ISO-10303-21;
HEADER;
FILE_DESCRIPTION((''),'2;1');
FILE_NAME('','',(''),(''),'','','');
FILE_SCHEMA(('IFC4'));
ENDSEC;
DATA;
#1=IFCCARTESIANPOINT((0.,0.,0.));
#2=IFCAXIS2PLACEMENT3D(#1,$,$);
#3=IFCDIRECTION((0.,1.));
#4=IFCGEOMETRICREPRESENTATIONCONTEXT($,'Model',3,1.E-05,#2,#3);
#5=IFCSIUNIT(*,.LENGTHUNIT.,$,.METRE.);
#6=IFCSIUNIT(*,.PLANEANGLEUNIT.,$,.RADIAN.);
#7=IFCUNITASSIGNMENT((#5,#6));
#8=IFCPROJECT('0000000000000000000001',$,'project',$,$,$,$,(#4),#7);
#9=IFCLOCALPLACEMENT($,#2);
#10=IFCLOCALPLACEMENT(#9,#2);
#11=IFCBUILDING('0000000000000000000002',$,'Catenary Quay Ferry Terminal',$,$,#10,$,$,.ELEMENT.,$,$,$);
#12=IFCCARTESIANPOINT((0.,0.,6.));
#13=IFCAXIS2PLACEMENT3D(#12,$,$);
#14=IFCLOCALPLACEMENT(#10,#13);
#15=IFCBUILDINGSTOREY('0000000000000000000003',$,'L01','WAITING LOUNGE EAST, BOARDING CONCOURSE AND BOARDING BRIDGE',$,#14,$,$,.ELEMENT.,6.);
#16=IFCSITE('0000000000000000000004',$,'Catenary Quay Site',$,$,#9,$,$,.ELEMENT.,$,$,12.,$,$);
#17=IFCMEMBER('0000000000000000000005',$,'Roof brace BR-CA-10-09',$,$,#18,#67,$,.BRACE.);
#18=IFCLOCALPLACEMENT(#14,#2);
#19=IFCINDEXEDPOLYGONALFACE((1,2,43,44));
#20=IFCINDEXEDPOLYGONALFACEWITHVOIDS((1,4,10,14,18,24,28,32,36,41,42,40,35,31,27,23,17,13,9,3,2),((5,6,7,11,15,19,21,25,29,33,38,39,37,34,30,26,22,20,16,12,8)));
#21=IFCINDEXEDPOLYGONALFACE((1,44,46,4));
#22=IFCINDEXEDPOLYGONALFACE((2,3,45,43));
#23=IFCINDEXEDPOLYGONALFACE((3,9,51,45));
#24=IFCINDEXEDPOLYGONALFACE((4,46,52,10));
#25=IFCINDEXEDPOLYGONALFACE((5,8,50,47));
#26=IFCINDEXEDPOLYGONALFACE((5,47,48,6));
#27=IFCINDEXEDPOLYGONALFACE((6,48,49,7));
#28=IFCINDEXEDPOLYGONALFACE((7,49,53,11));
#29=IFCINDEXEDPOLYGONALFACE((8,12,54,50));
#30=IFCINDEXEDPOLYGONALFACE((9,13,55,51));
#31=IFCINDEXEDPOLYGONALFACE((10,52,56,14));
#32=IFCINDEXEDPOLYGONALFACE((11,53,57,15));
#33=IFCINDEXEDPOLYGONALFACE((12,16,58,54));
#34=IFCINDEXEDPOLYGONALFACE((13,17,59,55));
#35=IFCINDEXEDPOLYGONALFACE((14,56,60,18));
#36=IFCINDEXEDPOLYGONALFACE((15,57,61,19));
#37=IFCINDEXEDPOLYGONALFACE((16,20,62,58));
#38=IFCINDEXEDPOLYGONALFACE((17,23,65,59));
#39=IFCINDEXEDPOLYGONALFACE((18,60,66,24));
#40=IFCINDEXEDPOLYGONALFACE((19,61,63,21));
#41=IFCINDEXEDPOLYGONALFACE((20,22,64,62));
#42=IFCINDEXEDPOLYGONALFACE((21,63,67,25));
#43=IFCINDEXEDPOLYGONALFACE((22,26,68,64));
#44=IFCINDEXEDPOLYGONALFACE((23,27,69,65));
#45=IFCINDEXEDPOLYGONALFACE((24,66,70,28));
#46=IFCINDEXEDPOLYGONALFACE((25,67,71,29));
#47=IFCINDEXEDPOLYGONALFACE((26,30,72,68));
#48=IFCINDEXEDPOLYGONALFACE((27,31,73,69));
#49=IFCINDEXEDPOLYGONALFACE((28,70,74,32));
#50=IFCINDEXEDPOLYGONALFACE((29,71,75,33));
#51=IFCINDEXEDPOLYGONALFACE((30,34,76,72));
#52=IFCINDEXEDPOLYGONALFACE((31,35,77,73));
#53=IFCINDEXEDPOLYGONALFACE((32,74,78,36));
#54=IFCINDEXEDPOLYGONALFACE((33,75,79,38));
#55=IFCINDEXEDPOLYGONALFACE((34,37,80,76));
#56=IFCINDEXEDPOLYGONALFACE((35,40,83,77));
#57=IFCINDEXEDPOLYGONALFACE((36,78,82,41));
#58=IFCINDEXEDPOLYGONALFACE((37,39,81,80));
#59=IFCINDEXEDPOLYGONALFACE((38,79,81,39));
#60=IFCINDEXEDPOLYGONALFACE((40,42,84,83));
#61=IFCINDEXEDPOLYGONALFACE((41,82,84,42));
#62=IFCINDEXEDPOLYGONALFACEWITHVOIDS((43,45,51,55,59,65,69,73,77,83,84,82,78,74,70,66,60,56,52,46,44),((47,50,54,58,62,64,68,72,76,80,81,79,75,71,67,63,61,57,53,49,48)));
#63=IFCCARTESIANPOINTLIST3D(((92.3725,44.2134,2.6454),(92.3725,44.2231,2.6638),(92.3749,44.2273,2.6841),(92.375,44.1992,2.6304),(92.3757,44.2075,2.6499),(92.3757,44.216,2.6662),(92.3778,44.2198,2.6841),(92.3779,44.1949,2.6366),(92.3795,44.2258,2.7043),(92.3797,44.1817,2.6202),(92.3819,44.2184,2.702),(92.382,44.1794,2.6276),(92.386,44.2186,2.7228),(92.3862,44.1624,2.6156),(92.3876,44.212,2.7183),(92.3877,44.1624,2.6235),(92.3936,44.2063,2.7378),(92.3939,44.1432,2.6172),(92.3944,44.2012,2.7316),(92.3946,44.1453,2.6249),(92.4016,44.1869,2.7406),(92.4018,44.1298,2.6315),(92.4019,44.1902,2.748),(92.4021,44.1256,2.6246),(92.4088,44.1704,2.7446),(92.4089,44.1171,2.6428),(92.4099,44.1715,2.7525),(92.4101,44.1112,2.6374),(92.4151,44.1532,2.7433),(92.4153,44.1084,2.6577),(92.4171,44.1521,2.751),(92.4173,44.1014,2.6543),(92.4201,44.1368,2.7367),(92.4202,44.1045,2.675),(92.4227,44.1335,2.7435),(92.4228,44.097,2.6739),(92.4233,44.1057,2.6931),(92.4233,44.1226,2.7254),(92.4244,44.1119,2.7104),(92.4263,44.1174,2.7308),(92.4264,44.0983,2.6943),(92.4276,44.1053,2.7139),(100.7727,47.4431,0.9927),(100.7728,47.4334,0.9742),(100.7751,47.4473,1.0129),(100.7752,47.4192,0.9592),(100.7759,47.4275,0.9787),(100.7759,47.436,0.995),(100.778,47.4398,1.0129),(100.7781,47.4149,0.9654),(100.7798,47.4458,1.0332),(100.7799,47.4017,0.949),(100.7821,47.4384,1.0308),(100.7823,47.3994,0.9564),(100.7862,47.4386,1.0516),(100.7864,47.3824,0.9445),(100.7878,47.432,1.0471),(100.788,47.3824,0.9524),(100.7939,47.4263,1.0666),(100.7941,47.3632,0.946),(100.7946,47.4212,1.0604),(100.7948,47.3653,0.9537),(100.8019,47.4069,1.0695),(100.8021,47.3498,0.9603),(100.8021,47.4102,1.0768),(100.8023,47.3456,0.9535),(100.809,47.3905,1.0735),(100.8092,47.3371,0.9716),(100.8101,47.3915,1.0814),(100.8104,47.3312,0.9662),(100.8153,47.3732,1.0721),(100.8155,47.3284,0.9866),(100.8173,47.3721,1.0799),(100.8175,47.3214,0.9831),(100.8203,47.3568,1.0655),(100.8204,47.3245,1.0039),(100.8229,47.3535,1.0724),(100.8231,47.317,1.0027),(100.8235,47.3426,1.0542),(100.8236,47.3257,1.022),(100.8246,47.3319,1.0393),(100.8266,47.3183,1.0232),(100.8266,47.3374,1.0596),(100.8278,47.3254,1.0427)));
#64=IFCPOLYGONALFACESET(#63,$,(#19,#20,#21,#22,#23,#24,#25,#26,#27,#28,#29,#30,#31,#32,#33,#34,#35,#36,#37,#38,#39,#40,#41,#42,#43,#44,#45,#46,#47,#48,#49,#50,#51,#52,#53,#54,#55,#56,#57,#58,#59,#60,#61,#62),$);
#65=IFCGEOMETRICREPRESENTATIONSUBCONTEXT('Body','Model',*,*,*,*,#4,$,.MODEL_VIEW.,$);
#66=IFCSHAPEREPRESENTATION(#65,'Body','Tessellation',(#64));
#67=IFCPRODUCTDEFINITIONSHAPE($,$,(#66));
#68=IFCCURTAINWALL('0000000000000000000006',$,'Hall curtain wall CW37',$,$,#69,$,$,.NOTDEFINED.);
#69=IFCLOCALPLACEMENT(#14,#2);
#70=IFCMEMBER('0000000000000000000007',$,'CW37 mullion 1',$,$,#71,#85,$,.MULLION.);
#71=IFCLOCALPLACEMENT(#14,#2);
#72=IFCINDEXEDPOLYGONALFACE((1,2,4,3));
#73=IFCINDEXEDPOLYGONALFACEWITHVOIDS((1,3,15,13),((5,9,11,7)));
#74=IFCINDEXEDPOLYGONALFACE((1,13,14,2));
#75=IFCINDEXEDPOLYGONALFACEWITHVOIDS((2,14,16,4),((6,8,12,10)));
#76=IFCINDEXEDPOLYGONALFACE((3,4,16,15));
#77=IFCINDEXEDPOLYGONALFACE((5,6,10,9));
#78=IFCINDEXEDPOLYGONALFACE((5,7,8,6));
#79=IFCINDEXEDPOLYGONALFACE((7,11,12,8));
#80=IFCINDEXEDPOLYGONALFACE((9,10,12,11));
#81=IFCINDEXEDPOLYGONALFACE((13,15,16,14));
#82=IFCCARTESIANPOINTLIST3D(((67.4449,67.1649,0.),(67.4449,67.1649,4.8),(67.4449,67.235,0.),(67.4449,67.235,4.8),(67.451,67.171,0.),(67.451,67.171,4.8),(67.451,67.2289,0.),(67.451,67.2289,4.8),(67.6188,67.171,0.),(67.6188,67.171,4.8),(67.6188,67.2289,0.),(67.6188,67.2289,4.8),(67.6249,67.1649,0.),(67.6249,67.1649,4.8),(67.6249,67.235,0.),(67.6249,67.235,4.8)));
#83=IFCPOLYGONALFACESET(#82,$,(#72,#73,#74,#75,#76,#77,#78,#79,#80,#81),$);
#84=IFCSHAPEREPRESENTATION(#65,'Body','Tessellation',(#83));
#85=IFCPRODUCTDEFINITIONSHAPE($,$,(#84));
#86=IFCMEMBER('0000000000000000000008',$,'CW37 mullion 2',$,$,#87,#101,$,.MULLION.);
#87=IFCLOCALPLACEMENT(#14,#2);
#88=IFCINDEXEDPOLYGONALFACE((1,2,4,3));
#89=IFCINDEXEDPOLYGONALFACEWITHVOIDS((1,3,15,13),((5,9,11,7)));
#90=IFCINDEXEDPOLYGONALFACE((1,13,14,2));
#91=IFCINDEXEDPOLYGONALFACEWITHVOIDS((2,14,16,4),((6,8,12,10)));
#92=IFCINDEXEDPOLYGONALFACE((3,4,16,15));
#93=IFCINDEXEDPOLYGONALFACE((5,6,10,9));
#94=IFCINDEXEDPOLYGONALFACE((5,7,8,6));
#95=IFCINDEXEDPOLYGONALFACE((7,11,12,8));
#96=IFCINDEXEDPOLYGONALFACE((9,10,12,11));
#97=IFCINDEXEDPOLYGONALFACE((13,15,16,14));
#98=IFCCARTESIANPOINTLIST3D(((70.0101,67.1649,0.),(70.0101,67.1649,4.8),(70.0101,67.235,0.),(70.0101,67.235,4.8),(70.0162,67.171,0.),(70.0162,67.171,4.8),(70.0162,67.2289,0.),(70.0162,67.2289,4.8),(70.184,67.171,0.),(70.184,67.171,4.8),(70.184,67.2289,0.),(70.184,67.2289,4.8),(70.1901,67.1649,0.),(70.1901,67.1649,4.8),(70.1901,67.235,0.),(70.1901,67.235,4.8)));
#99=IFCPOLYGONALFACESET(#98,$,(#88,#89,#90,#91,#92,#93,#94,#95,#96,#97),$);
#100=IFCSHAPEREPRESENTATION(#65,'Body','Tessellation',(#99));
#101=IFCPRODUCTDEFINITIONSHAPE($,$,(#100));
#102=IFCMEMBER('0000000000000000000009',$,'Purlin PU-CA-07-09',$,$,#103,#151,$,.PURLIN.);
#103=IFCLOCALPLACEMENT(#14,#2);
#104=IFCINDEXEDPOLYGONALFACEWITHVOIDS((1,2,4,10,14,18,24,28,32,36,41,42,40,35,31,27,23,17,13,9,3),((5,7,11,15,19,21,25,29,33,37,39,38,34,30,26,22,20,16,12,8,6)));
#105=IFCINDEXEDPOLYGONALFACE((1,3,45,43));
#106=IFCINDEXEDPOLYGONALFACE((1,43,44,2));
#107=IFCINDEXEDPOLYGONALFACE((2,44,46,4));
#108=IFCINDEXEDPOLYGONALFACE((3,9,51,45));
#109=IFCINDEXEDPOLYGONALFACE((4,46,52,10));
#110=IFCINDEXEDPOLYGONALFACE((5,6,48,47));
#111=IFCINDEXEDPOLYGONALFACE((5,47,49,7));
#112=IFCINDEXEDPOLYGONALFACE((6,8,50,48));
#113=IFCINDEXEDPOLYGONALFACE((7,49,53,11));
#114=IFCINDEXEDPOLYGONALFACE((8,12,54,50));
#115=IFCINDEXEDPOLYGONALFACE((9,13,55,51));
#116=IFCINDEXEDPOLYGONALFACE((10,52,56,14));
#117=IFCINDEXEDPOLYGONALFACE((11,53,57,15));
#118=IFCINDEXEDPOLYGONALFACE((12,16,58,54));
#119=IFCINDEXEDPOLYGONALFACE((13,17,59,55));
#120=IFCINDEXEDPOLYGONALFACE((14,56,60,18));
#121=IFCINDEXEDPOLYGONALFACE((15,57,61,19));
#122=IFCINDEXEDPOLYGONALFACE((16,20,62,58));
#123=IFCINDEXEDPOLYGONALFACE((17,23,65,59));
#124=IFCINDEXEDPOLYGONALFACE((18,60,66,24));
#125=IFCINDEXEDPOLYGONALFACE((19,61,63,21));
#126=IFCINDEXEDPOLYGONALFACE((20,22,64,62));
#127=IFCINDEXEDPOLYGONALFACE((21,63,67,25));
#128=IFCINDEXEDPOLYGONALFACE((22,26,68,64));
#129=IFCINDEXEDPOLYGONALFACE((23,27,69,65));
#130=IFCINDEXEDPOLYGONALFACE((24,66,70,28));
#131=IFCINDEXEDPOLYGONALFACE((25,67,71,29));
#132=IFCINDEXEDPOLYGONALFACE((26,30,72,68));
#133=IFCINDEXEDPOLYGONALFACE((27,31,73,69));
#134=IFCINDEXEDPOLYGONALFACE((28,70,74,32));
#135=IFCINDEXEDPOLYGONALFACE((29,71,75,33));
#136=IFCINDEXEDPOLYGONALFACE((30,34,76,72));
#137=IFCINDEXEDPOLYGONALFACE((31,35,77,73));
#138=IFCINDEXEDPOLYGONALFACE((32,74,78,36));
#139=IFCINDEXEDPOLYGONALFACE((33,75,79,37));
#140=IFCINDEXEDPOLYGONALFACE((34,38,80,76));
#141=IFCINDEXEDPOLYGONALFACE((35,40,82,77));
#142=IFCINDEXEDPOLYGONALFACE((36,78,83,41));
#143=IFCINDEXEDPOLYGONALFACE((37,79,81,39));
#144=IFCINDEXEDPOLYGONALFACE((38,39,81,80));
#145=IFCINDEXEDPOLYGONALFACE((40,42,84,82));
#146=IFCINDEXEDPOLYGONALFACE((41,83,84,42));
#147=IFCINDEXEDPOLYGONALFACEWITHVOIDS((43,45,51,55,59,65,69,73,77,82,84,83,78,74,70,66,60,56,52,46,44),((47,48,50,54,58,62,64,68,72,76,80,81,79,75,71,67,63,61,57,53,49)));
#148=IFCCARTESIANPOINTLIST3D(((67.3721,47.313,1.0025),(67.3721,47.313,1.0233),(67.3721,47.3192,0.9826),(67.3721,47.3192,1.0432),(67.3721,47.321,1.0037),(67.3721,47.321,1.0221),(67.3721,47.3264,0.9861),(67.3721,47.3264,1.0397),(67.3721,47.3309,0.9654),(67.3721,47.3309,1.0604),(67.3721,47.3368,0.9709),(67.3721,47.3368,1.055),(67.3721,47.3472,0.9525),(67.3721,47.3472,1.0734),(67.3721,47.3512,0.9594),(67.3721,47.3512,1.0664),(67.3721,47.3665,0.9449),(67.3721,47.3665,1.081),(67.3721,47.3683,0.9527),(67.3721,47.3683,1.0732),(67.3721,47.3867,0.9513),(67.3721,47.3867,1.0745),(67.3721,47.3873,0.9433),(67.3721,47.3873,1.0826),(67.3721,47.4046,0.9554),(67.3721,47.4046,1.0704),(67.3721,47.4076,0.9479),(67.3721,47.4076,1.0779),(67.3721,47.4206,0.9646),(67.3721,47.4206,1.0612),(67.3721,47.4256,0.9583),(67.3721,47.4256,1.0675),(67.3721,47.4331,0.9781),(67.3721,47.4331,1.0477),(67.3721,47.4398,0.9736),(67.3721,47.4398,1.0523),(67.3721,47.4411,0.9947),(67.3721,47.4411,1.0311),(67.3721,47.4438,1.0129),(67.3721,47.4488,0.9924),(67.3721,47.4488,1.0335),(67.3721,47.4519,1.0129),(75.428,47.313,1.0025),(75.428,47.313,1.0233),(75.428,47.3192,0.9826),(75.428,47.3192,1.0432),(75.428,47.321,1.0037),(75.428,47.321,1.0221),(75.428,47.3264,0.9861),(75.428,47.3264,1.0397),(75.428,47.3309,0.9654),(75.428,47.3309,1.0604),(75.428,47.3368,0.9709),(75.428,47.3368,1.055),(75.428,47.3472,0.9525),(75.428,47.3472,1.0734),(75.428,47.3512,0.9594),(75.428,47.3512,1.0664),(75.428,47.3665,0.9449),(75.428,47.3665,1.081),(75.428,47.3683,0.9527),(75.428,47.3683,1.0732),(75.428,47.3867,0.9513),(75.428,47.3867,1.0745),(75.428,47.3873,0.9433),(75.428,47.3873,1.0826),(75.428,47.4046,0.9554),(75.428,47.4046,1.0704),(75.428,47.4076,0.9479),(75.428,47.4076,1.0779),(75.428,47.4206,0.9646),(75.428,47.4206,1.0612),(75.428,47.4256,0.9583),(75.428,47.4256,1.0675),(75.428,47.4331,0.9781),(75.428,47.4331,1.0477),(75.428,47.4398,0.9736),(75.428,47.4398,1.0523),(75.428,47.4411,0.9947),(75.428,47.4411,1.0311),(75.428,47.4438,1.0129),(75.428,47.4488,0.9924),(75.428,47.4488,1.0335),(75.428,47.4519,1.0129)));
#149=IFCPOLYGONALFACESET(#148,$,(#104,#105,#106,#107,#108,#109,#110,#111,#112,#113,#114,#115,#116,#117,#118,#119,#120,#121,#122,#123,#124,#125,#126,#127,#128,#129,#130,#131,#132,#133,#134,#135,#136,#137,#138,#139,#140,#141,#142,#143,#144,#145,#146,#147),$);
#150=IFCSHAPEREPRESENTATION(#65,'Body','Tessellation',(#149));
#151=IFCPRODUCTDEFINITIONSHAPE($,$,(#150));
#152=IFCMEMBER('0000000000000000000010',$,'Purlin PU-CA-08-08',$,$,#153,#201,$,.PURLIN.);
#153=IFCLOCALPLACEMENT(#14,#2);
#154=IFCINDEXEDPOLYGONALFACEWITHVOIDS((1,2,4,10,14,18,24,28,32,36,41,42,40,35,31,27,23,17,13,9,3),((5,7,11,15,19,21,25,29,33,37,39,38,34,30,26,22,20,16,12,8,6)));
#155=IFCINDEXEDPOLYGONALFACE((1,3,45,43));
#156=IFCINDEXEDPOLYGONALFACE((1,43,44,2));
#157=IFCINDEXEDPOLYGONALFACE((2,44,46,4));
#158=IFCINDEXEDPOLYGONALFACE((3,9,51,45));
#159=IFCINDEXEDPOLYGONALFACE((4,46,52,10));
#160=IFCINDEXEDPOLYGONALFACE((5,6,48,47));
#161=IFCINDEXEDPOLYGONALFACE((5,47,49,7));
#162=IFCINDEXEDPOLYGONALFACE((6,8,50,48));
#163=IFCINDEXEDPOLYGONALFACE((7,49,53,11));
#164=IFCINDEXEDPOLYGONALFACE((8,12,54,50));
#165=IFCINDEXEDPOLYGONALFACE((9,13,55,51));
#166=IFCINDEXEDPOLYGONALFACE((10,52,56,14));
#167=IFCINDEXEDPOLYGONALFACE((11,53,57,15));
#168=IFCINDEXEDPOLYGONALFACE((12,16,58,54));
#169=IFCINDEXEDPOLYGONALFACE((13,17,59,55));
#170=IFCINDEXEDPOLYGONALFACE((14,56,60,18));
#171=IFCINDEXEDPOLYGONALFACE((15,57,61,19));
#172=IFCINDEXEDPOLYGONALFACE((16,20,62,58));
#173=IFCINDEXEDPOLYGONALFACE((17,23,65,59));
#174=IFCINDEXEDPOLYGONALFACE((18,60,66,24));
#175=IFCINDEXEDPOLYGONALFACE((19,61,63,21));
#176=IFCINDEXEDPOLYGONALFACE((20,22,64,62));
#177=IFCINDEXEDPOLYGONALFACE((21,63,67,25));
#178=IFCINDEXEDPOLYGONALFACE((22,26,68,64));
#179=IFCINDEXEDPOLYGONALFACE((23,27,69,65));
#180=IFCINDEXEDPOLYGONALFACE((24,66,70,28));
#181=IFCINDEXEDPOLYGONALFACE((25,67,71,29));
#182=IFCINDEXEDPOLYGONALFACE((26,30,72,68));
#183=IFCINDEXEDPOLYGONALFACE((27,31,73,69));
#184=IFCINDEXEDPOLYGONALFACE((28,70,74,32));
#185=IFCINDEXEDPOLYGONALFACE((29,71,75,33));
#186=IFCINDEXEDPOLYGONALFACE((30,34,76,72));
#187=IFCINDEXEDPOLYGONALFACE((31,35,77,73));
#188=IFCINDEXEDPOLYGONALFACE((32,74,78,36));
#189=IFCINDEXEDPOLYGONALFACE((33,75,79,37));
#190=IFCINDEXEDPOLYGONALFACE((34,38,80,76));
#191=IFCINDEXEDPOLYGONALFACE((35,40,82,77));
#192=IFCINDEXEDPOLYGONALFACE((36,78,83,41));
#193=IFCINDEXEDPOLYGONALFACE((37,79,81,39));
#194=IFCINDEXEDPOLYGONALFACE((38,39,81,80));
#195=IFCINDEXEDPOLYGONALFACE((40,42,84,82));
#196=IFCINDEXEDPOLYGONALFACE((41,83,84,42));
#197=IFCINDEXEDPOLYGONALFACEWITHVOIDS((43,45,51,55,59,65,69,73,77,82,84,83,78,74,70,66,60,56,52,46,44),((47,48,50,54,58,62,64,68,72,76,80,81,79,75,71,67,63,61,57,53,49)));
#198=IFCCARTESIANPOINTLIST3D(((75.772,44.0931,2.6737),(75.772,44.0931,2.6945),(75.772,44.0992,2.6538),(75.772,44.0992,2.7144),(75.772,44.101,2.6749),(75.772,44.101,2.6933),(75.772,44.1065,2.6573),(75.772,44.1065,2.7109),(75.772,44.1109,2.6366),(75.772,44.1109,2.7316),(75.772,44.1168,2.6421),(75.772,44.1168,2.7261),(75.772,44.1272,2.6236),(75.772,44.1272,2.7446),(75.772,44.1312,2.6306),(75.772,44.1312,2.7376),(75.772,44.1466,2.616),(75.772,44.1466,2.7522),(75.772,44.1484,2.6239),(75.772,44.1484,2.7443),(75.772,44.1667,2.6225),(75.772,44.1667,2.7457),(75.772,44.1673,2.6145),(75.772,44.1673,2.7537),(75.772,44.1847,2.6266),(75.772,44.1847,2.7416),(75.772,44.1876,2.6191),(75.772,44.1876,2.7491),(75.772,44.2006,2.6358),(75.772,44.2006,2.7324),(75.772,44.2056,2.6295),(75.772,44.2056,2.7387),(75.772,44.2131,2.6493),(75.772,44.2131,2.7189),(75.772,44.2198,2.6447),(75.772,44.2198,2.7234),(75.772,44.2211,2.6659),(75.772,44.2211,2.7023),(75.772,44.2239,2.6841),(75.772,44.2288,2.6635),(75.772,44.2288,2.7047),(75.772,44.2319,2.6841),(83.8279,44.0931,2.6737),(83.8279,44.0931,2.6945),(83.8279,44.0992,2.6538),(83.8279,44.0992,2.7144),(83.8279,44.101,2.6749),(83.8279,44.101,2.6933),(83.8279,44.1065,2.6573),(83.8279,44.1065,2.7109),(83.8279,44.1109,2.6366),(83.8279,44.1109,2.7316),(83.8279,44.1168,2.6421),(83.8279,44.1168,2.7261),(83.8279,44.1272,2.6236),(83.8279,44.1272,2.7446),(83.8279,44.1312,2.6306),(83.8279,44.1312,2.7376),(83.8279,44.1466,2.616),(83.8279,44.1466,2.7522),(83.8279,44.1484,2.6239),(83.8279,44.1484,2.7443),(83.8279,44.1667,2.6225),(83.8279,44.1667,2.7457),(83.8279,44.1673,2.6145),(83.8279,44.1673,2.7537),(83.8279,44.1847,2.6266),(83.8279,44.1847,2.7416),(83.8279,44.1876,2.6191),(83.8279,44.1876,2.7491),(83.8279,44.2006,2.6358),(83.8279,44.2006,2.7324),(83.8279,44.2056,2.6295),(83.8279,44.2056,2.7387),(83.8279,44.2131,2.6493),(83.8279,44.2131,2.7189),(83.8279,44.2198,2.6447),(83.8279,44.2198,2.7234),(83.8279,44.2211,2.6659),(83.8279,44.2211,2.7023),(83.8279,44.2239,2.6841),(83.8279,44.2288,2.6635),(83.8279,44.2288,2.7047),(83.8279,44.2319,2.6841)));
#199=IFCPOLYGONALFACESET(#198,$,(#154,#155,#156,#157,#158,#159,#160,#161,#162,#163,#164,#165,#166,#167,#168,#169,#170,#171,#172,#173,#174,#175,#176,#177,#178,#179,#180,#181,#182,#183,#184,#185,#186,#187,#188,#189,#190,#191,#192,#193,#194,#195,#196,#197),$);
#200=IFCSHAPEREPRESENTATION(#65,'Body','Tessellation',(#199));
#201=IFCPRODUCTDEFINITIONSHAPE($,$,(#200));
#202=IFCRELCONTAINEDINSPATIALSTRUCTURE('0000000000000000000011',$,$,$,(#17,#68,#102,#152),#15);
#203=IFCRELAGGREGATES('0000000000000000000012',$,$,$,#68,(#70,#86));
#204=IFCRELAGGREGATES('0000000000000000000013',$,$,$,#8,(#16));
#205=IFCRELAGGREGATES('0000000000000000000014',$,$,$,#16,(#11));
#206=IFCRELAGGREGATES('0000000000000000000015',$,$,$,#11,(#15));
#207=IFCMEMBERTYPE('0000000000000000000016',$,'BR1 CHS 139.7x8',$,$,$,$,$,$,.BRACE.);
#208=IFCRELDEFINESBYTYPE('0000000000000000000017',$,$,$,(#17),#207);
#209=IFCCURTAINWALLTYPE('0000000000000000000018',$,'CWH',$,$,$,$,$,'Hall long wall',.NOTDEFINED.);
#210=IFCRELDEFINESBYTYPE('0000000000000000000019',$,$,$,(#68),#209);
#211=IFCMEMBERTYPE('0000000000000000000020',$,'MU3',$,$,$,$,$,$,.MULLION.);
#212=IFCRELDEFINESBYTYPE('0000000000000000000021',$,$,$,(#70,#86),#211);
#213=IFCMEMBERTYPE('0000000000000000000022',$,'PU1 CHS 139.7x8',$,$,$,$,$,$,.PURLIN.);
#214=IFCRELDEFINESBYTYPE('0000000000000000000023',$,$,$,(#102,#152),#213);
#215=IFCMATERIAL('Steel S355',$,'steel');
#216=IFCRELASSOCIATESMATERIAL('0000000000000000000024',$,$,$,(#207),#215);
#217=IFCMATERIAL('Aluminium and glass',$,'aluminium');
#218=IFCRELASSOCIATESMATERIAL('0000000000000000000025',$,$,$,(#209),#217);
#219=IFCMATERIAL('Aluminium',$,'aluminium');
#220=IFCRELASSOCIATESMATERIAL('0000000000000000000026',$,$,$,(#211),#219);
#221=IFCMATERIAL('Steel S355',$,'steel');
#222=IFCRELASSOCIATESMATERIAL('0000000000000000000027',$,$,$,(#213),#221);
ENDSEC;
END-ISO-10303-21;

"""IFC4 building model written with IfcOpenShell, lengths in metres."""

from ifc_helpers import new_model, si_unit, direction, frame, origin, origin_2d, place, context, subcontext, project, spatial, hollow_rectangle, hollow_circle, extrude, material, material_profile, profile_set, type_object, element, aggregate, save


model = new_model("IFC4")

# Units and contexts
model_context = context("Model", 3, precision=1e-05, world=origin(), true_north=direction((0.0, 1.0)))
body_context = subcontext(model_context, "Body", "Model", "MODEL_VIEW")
ifc_project = project(units=[si_unit("LENGTHUNIT", "METRE"), si_unit("PLANEANGLEUNIT", "RADIAN")], contexts=[model_context])

# Site, building, storey
site_placement = place(None, origin())
site = spatial("IfcSite", under=ifc_project, at=site_placement, Name="Catenary Quay Site", CompositionType="ELEMENT", RefElevation=12.0)
building_placement = place(site_placement, origin())
building = spatial("IfcBuilding", under=site, at=building_placement, Name="Catenary Quay Ferry Terminal", CompositionType="ELEMENT")
storey_placement = place(building_placement, frame((0.0, 0.0, 6.0)))
storey = spatial("IfcBuildingStorey", under=building, at=storey_placement, Name="L01", Description="WAITING LOUNGE EAST, BOARDING CONCOURSE AND BOARDING BRIDGE", CompositionType="ELEMENT", Elevation=6.0)

# Member
ifc_material_1 = material(Name="Steel S355", Category="steel")
ifc_material_profile_1 = material_profile(ifc_material_1, hollow_circle(Radius=0.0698, WallThickness=0.0081, at=origin_2d()), Name="CHS 139.7x8")
ifc_profile_set_1 = profile_set([ifc_material_profile_1], Name="Steel S355")
member_type_1 = type_object("IfcMemberType", Name="BR1 CHS 139.7x8", PredefinedType="BRACE", material=ifc_profile_set_1)
member_1_placement = place(storey_placement, frame((92.3999, 44.1621, 2.6841), z_axis=(0.918044, 0.351907, -0.182638), x_axis=(-0.357928, 0.933749, 0.0)))
element("IfcMember", 1, at=member_1_placement, inside=storey, type_object=member_type_1, Name="Roof brace BR-CA-10-09", PredefinedType="BRACE", context=body_context, shape_type="SweptSolid", body=[
    extrude(hollow_circle(Radius=0.0698, WallThickness=0.0081, at=origin_2d()), origin(), (0.0, 0.0, 1.0), 9.1501),
])

# Curtain wall, members
ifc_material_2 = material(Name="Aluminium and glass", Category="aluminium")
curtain_wall_type = type_object("IfcCurtainWallType", Name="CWH", ElementType="Hall long wall", PredefinedType="NOTDEFINED", material=ifc_material_2)
curtain_wall_placement = place(storey_placement, origin())
curtain_wall = element("IfcCurtainWall", 2, at=curtain_wall_placement, inside=storey, type_object=curtain_wall_type, Name="Hall curtain wall CW37", PredefinedType="NOTDEFINED")
ifc_material_3 = material(Name="Aluminium", Category="aluminium")
ifc_material_profile_2 = material_profile(ifc_material_3, hollow_rectangle(XDim=0.0701, YDim=0.1799, WallThickness=0.0061, at=origin_2d()), Name="MU3")
ifc_profile_set_2 = profile_set([ifc_material_profile_2], Name="Aluminium")
member_type_2 = type_object("IfcMemberType", Name="MU3", PredefinedType="MULLION", material=ifc_profile_set_2)
member_2_placement = place(storey_placement, frame((67.5349, 67.2, 0.0), z_axis=(0.0, 0.0, 1.0), x_axis=(0.0, 1.0, 0.0)))
member_2 = element("IfcMember", 3, at=member_2_placement, type_object=member_type_2, Name="CW37 mullion 1", PredefinedType="MULLION", context=body_context, shape_type="SweptSolid", body=[
    extrude(hollow_rectangle(XDim=0.0701, YDim=0.1799, WallThickness=0.0061, at=origin_2d()), origin(), (0.0, 0.0, 1.0), 4.8),
])
member_3_placement = place(storey_placement, frame((70.1001, 67.2, 0.0), z_axis=(0.0, 0.0, 1.0), x_axis=(0.0, 1.0, 0.0)))
member_3 = element("IfcMember", 4, at=member_3_placement, type_object=member_type_2, Name="CW37 mullion 2", PredefinedType="MULLION", context=body_context, shape_type="SweptSolid", body=[
    extrude(hollow_rectangle(XDim=0.0701, YDim=0.1799, WallThickness=0.0061, at=origin_2d()), origin(), (0.0, 0.0, 1.0), 4.8),
])

# Members
ifc_material_4 = material(Name="Steel S355", Category="steel")
ifc_material_profile_3 = material_profile(ifc_material_4, hollow_circle(Radius=0.0698, WallThickness=0.0081, at=origin_2d()), Name="CHS 139.7x8")
ifc_profile_set_3 = profile_set([ifc_material_profile_3], Name="Steel S355")
member_type_3 = type_object("IfcMemberType", Name="PU1 CHS 139.7x8", PredefinedType="PURLIN", material=ifc_profile_set_3)
for number, where, z_axis, x_axis, name in (
    (5, (67.3721, 47.3821, 1.0129), (1.0, 0.0, 0.0), (0.0, 1.0, 0.0), "Purlin PU-CA-07-09"),
    (6, (75.772, 44.1621, 2.6841), (1.0, 0.0, 0.0), (0.0, 1.0, 0.0), "Purlin PU-CA-08-08"),
):
    element("IfcMember", number, at=place(storey_placement, frame(where, z_axis=z_axis, x_axis=x_axis)), inside=storey, type_object=member_type_3, Name=name, PredefinedType="PURLIN", context=body_context, shape_type="SweptSolid", body=[
        extrude(hollow_circle(Radius=0.0698, WallThickness=0.0081, at=origin_2d()), origin(), (0.0, 0.0, 1.0), 8.0559),
    ])

aggregate(curtain_wall, [member_2, member_3])

save(model, "model.ifc")
